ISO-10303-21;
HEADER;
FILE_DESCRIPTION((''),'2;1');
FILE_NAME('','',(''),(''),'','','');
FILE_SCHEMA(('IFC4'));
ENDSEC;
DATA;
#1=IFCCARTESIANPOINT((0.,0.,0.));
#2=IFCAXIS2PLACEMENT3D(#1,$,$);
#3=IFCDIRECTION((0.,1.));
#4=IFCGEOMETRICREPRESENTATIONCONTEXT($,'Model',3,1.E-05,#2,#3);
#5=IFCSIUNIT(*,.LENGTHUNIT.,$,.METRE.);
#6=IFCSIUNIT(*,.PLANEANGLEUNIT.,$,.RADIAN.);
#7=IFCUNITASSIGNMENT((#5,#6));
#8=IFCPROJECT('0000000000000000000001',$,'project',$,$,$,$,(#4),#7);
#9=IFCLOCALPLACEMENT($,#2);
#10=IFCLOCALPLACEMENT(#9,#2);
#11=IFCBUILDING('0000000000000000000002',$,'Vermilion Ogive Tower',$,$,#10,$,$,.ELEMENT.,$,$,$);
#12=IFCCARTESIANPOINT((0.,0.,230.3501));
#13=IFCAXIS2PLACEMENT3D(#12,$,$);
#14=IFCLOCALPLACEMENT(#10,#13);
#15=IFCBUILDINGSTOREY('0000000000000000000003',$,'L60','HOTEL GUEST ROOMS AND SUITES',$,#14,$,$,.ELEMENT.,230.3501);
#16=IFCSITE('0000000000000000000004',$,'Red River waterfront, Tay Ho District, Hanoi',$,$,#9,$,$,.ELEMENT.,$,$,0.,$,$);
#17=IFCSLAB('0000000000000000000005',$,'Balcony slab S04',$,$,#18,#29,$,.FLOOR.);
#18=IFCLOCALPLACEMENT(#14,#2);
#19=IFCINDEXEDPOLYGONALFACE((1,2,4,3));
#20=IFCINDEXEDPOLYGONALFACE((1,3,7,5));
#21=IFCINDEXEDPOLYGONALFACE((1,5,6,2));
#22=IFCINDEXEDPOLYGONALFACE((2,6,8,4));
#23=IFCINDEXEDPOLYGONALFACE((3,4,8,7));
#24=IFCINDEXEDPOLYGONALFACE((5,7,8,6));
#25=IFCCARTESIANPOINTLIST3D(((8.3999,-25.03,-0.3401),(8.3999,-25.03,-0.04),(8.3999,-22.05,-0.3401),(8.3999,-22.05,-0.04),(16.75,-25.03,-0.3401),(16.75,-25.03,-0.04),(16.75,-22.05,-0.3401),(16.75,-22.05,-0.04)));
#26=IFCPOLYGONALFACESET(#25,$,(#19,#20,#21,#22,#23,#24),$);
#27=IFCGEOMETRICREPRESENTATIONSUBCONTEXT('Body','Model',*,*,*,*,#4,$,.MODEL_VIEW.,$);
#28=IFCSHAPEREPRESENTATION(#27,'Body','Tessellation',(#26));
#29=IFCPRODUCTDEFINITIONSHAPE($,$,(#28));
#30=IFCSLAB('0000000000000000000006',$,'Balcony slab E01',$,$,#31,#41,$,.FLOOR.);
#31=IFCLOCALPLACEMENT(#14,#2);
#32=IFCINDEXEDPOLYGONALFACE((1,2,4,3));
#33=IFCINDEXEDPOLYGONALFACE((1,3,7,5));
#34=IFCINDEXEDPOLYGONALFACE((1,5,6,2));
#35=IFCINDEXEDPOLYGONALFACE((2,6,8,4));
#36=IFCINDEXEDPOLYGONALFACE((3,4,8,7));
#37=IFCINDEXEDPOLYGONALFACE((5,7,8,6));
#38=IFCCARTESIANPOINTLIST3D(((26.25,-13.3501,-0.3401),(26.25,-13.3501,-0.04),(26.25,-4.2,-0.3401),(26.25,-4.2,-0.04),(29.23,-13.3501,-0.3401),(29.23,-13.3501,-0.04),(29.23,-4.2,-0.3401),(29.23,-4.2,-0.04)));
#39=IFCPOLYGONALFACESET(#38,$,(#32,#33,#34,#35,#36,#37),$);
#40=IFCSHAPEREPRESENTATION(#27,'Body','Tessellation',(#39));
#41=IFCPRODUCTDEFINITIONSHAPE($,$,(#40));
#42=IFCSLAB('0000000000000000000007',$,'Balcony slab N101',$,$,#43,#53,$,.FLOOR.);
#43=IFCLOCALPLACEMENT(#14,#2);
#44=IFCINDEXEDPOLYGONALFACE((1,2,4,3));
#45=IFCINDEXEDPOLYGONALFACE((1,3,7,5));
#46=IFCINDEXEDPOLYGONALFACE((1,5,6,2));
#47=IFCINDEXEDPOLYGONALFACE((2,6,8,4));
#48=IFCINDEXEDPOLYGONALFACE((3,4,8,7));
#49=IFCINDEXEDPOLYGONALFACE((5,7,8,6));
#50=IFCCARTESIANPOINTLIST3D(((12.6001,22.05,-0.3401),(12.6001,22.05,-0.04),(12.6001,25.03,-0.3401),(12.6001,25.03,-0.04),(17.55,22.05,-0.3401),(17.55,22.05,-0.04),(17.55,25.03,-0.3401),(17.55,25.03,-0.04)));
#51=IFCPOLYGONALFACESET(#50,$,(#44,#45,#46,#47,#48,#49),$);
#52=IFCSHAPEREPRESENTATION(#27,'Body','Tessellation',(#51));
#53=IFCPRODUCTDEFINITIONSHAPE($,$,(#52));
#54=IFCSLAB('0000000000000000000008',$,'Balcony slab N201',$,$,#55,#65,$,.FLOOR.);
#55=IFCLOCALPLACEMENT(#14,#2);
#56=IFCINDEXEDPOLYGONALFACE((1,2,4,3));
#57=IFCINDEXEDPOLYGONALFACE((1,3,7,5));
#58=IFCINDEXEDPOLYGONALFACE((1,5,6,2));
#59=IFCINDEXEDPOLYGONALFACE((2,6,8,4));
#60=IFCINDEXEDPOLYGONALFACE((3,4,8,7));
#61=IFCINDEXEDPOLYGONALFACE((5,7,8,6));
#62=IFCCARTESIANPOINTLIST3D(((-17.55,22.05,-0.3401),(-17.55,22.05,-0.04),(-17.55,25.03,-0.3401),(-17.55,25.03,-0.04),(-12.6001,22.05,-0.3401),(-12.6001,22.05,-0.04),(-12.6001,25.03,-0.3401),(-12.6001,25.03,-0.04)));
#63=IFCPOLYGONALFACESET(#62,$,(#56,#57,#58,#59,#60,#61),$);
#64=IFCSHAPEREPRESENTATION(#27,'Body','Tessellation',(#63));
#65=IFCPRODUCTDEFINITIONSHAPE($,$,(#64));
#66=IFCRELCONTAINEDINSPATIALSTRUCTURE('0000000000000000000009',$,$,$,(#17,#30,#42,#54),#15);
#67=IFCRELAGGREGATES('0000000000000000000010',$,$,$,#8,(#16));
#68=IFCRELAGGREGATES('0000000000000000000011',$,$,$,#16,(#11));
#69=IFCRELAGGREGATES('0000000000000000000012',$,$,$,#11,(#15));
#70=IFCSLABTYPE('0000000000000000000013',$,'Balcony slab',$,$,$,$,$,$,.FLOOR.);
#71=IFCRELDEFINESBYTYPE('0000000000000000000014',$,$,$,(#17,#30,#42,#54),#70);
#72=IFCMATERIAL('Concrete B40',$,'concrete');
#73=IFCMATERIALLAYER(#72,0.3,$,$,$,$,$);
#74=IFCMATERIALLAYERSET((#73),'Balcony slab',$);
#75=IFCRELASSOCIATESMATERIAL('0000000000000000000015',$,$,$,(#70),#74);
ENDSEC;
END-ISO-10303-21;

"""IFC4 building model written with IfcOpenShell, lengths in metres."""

from ifc_helpers import new_model, si_unit, direction, frame, origin, place, context, subcontext, project, spatial, polyline, outline, extrude, material, layer, layer_set, type_object, element, save


model = new_model("IFC4")

# Units and contexts
model_context = context("Model", 3, precision=1e-05, world=origin(), true_north=direction((0.0, 1.0)))
body_context = subcontext(model_context, "Body", "Model", "MODEL_VIEW")
ifc_project = project(units=[si_unit("LENGTHUNIT", "METRE"), si_unit("PLANEANGLEUNIT", "RADIAN")], contexts=[model_context])

# Site, building, storey
site_placement = place(None, origin())
site = spatial("IfcSite", under=ifc_project, at=site_placement, Name="Red River waterfront, Tay Ho District, Hanoi", CompositionType="ELEMENT", RefElevation=0.0)
building_placement = place(site_placement, origin())
building = spatial("IfcBuilding", under=site, at=building_placement, Name="Vermilion Ogive Tower", CompositionType="ELEMENT")
storey_placement = place(building_placement, frame((0.0, 0.0, 230.3501)))
storey = spatial("IfcBuildingStorey", under=building, at=storey_placement, Name="L60", Description="HOTEL GUEST ROOMS AND SUITES", CompositionType="ELEMENT", Elevation=230.3501)

# Slabs
ifc_material_1 = material(Name="Concrete B40", Category="concrete")
ifc_layer_1 = layer(ifc_material_1, 0.3)
ifc_layer_set_1 = layer_set([ifc_layer_1], Name="Balcony slab")
slab_type_1 = type_object("IfcSlabType", Name="Balcony slab", PredefinedType="FLOOR", material=ifc_layer_set_1)
slab_1_placement = place(storey_placement, frame((0.0, 0.0, -0.3401)))
element("IfcSlab", 1, at=slab_1_placement, inside=storey, type_object=slab_type_1, Name="Balcony slab S04", PredefinedType="FLOOR", context=body_context, shape_type="SweptSolid", body=[
    extrude(outline(polyline([(8.3999, -25.03), (16.75, -25.03), (16.75, -22.05), (8.3999, -22.05), (8.3999, -25.03)])), origin(), (0.0, 0.0, 1.0), 0.3),
])
slab_2_placement = place(storey_placement, frame((0.0, 0.0, -0.3401)))
element("IfcSlab", 2, at=slab_2_placement, inside=storey, type_object=slab_type_1, Name="Balcony slab E01", PredefinedType="FLOOR", context=body_context, shape_type="SweptSolid", body=[
    extrude(outline(polyline([(29.23, -13.3501), (29.23, -4.2), (26.25, -4.2), (26.25, -13.3501), (29.23, -13.3501)])), origin(), (0.0, 0.0, 1.0), 0.3),
])
slab_3_placement = place(storey_placement, frame((0.0, 0.0, -0.3401)))
element("IfcSlab", 3, at=slab_3_placement, inside=storey, type_object=slab_type_1, Name="Balcony slab N101", PredefinedType="FLOOR", context=body_context, shape_type="SweptSolid", body=[
    extrude(outline(polyline([(17.55, 25.03), (12.6001, 25.03), (12.6001, 22.05), (17.55, 22.05), (17.55, 25.03)])), origin(), (0.0, 0.0, 1.0), 0.3),
])
slab_4_placement = place(storey_placement, frame((0.0, 0.0, -0.3401)))
element("IfcSlab", 4, at=slab_4_placement, inside=storey, type_object=slab_type_1, Name="Balcony slab N201", PredefinedType="FLOOR", context=body_context, shape_type="SweptSolid", body=[
    extrude(outline(polyline([(-12.6001, 25.03), (-17.55, 25.03), (-17.55, 22.05), (-12.6001, 22.05), (-12.6001, 25.03)])), origin(), (0.0, 0.0, 1.0), 0.3),
])

save(model, "model.ifc")
